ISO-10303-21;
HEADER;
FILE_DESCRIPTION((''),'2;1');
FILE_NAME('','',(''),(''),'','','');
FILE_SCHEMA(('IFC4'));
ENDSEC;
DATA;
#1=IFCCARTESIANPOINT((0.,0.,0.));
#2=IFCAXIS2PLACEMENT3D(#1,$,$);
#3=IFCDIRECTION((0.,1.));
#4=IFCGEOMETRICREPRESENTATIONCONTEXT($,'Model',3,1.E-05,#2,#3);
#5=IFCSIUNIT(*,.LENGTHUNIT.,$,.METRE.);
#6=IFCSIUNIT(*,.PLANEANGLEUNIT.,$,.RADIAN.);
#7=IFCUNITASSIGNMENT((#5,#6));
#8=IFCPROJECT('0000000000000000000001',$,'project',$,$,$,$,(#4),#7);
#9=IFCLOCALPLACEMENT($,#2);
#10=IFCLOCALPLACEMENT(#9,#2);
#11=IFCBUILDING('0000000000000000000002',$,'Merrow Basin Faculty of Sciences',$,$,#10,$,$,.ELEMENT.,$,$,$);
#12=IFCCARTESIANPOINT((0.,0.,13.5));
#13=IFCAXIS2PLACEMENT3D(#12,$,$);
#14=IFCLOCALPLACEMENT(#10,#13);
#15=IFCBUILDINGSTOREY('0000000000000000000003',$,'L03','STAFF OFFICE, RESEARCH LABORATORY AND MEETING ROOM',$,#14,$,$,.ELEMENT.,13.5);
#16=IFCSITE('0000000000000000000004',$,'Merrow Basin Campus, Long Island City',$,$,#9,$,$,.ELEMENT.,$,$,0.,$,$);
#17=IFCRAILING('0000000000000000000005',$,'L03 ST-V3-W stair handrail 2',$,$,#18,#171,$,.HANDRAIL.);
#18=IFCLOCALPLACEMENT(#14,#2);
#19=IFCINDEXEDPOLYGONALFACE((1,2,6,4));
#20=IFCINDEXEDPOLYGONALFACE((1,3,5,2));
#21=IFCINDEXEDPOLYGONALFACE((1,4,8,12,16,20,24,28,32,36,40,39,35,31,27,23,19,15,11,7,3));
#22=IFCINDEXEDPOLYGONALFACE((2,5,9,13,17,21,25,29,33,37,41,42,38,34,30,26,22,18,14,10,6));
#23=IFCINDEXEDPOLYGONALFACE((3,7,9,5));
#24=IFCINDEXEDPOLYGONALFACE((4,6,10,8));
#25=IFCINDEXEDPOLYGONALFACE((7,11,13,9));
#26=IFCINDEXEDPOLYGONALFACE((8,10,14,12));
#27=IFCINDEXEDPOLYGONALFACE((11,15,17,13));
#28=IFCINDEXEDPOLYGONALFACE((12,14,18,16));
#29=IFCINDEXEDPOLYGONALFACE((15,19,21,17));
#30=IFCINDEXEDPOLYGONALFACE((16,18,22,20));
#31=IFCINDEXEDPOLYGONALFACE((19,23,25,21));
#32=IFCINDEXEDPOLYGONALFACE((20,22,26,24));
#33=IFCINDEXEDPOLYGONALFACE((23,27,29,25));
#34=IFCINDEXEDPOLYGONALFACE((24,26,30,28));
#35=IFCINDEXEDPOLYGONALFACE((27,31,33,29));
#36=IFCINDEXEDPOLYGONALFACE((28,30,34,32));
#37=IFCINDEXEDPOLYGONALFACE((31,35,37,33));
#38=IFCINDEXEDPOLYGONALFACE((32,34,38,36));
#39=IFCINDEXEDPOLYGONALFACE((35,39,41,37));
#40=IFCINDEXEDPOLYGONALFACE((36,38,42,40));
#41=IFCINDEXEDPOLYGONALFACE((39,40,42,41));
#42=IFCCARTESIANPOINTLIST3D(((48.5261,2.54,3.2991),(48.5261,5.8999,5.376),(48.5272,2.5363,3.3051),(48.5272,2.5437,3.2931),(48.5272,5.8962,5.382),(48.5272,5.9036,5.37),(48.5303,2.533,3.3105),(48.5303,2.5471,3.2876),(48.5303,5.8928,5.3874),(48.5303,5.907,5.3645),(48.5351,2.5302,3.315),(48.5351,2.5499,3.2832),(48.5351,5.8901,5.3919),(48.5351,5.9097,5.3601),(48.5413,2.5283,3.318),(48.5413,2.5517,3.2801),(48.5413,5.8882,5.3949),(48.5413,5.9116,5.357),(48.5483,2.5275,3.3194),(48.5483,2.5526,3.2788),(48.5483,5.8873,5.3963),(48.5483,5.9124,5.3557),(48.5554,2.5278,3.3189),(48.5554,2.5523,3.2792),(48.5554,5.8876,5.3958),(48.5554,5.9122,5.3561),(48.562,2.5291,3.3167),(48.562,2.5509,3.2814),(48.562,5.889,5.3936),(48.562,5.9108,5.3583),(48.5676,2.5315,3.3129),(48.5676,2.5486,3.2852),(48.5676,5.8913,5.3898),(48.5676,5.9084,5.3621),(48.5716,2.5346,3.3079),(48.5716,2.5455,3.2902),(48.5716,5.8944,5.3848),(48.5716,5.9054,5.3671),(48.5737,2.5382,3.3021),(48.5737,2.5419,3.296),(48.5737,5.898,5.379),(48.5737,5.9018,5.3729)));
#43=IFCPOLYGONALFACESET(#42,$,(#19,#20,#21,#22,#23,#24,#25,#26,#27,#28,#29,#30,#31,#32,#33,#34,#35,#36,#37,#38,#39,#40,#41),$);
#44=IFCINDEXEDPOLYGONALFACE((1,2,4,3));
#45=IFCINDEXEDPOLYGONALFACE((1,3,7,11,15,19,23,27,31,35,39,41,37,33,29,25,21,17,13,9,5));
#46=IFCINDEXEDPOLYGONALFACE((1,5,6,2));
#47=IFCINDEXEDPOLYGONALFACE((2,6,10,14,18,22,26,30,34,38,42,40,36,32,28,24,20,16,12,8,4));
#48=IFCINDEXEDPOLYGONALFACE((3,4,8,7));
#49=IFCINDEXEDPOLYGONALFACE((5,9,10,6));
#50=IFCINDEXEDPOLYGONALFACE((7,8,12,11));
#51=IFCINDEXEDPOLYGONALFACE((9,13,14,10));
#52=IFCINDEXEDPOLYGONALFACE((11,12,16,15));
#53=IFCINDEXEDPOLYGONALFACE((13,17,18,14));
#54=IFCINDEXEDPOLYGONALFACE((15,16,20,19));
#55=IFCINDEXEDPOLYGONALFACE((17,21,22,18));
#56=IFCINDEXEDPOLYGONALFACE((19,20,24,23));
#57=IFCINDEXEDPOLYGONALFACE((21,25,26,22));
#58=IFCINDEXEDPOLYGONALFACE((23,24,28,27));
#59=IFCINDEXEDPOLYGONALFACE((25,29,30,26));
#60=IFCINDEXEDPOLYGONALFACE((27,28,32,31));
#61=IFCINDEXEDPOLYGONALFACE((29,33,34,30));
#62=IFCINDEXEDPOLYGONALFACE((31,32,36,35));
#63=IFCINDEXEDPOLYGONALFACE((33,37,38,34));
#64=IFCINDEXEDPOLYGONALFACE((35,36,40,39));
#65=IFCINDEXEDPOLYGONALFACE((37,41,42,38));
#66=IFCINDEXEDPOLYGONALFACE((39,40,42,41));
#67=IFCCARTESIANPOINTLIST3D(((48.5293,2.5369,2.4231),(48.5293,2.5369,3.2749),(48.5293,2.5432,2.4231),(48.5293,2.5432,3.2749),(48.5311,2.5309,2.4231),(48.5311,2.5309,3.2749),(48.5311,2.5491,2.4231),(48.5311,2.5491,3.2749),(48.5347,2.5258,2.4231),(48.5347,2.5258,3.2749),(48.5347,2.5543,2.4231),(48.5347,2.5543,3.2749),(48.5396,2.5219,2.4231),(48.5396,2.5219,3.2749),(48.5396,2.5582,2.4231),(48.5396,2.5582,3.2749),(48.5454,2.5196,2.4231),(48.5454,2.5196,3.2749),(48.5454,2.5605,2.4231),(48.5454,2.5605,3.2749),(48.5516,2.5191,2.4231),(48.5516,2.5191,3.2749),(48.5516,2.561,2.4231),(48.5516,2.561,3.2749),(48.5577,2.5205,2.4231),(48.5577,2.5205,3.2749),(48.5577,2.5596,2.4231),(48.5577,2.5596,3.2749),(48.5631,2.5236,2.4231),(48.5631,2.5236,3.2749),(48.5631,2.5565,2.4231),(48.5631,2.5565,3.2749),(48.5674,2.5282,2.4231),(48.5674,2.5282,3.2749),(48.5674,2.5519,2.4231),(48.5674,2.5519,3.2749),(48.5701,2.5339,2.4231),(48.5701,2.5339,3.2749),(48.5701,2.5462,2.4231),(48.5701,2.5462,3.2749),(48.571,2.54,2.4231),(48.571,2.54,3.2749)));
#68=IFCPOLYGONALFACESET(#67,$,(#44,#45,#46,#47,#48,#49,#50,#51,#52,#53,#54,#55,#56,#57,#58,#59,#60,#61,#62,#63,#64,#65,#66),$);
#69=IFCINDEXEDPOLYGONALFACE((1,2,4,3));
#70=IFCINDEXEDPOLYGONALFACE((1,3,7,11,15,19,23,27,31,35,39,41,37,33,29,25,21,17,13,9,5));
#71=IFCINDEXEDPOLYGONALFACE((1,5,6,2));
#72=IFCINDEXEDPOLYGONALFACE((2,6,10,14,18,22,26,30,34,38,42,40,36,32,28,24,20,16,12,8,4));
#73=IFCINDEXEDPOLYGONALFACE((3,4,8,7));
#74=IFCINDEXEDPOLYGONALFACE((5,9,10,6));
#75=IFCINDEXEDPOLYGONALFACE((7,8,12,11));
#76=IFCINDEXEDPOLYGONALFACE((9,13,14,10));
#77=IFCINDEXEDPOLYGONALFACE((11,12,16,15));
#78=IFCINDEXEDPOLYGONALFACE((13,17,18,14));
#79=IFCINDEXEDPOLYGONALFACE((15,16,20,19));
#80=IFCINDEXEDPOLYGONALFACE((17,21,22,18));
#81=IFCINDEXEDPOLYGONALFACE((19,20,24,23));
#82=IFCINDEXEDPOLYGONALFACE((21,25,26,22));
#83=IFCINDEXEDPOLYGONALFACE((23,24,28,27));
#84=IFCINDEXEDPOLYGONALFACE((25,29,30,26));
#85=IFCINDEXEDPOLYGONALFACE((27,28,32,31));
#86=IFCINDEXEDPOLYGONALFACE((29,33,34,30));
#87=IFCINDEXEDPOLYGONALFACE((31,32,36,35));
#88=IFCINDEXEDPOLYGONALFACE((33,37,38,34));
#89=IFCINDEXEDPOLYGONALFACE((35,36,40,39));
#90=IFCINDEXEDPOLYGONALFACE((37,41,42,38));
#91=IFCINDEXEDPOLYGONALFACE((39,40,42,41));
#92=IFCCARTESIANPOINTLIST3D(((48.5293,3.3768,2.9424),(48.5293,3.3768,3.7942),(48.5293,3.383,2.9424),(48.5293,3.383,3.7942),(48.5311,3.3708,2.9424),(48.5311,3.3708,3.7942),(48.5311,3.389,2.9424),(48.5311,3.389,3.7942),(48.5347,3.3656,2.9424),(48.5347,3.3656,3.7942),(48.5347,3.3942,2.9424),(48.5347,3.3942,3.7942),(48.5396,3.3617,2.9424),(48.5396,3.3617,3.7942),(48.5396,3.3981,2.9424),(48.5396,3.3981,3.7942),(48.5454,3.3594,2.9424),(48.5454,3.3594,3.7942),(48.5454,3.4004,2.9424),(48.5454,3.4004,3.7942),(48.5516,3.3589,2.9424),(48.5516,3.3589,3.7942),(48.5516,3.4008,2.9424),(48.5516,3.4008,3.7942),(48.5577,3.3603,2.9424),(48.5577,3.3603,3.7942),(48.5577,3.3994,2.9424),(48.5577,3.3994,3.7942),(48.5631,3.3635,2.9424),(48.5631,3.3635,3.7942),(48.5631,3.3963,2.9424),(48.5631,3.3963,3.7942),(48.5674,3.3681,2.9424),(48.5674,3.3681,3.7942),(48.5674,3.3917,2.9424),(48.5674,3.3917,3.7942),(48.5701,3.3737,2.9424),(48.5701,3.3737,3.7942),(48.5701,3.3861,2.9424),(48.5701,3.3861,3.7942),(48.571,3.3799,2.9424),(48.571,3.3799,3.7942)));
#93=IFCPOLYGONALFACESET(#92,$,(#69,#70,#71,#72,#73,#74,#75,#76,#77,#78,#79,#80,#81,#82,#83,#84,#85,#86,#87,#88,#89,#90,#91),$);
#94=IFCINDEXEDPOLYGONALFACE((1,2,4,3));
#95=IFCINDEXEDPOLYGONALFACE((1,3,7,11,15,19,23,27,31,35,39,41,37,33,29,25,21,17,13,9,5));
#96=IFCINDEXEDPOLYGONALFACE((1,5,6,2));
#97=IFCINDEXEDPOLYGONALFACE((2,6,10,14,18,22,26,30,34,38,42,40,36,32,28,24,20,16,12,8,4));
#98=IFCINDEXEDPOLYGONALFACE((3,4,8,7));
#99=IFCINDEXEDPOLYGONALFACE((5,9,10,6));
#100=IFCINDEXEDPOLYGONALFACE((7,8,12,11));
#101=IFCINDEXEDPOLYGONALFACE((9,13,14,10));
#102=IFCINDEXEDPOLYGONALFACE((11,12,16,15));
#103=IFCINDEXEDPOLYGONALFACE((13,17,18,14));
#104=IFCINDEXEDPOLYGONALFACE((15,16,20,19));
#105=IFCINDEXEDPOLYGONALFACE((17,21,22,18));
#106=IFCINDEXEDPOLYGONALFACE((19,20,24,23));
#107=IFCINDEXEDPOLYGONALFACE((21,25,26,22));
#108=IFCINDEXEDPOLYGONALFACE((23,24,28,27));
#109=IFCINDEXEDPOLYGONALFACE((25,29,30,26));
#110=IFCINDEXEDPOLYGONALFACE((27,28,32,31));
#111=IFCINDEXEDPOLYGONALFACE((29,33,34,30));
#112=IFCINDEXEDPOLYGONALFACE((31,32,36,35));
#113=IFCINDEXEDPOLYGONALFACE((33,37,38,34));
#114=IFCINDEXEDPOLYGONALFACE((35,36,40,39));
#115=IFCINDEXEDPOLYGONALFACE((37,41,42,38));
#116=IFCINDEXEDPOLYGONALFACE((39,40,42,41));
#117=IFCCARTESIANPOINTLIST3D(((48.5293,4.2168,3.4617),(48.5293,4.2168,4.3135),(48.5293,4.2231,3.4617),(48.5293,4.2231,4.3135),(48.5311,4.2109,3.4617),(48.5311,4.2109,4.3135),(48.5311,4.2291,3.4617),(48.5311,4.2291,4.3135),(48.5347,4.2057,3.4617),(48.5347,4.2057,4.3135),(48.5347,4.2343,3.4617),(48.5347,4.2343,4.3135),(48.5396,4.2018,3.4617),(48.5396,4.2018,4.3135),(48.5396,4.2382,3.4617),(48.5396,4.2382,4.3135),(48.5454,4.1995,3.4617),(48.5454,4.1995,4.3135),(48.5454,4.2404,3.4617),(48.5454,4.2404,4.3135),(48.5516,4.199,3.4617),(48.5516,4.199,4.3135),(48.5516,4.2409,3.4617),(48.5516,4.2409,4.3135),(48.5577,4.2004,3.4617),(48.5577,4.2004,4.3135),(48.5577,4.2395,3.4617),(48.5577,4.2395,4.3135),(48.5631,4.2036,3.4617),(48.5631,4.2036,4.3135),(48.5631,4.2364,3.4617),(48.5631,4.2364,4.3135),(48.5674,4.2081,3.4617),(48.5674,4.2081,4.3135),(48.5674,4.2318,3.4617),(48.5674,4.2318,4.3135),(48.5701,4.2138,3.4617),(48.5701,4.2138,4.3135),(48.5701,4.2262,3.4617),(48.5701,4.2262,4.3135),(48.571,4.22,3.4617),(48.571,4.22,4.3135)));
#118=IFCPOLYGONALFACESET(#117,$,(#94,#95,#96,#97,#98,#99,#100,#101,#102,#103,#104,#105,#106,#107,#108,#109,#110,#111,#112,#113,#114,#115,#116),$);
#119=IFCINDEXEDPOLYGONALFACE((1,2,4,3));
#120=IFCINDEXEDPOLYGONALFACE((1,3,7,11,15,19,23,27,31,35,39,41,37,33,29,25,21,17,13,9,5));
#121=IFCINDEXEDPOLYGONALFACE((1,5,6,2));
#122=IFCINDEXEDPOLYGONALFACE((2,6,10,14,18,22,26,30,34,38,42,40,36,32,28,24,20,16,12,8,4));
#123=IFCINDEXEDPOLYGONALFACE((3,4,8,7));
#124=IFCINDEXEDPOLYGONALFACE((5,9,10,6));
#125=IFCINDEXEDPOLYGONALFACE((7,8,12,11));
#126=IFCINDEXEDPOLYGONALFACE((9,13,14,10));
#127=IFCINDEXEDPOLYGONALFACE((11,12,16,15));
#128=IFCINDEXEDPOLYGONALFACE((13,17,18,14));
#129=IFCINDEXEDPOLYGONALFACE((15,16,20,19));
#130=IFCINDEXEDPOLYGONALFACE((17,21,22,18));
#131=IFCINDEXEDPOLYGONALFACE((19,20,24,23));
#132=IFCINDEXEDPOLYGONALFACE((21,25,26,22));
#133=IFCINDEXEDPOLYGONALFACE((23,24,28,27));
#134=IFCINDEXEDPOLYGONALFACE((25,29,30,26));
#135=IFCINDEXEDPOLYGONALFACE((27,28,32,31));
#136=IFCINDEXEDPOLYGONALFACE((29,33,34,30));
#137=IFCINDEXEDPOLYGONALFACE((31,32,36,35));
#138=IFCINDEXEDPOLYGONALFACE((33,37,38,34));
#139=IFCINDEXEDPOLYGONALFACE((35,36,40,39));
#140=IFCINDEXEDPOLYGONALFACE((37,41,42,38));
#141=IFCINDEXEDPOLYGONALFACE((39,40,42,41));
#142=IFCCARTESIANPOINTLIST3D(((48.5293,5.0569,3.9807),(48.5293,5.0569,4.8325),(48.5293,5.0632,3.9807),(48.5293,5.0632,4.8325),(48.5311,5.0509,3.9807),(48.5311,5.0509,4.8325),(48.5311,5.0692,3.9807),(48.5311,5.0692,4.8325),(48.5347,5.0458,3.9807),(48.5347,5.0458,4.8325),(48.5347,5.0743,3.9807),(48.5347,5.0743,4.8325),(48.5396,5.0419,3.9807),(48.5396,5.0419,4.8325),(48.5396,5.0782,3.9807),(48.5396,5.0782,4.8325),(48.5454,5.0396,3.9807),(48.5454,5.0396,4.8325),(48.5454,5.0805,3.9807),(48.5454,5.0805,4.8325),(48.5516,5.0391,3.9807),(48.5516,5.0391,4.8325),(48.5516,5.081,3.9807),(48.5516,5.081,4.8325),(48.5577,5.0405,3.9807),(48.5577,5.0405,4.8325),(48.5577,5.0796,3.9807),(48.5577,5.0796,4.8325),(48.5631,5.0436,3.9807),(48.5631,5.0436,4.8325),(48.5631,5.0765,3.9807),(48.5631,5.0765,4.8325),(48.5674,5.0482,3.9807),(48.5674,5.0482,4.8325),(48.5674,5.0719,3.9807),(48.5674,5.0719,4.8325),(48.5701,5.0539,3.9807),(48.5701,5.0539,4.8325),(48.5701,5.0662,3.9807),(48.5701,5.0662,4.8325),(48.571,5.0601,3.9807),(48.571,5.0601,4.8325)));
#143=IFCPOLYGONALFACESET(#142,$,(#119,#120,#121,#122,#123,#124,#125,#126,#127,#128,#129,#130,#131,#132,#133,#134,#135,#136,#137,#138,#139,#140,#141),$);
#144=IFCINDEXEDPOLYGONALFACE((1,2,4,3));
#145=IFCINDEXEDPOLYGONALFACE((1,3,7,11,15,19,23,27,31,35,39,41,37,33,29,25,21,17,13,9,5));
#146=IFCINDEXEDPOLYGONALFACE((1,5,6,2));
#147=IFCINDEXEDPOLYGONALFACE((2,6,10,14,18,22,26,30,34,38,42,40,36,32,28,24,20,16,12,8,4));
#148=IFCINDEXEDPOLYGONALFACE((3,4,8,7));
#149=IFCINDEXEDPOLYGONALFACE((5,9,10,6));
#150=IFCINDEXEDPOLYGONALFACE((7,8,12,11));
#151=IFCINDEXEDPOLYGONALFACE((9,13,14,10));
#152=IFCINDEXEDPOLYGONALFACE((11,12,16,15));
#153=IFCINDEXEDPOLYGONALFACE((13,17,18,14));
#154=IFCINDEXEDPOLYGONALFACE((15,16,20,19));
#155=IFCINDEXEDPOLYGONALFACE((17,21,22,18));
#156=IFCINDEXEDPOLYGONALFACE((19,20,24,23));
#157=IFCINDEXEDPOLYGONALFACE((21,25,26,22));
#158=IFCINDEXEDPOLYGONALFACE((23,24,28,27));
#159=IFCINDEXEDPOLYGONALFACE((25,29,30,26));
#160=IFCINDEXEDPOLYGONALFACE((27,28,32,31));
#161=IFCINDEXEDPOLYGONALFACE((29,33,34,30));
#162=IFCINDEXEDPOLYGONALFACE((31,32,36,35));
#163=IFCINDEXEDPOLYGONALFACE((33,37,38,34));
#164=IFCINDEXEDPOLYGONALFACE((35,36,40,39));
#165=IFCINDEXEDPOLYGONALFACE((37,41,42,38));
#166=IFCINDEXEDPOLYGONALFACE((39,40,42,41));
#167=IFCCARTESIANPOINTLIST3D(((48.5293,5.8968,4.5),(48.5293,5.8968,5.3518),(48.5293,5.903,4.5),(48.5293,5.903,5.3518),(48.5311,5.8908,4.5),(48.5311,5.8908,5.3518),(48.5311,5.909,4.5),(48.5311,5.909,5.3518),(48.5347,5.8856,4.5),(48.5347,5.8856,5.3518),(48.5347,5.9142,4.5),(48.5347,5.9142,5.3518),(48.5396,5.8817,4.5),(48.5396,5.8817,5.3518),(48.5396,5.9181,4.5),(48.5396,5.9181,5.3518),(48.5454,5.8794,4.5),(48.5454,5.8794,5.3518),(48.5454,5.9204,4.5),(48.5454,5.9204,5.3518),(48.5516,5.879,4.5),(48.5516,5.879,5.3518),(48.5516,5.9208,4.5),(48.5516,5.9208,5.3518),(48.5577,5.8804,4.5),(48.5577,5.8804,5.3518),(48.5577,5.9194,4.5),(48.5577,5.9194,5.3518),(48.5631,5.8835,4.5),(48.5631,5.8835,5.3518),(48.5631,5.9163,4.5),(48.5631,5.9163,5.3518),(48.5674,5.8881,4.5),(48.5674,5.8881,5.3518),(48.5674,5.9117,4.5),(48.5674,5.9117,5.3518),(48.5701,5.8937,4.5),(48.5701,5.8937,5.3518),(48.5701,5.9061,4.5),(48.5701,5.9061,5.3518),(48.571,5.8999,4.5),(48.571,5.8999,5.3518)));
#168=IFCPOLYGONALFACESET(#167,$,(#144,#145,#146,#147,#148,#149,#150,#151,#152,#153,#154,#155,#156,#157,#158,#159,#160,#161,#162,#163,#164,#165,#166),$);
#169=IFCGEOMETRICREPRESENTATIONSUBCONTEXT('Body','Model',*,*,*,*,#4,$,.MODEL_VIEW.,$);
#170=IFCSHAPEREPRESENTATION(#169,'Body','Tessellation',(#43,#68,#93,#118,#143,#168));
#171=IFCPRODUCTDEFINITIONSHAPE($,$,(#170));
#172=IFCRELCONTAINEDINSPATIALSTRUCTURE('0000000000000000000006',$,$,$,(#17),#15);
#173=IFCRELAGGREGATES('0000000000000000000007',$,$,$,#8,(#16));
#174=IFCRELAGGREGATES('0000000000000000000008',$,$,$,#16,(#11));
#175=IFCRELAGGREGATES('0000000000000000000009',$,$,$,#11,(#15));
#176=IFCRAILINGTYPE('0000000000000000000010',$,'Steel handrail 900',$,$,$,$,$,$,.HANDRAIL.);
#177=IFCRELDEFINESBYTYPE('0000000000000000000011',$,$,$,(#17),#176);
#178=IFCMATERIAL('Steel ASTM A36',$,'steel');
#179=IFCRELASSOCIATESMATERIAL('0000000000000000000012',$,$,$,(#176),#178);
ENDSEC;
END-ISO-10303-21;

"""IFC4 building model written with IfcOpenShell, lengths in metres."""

from ifc_helpers import new_model, si_unit, direction, frame, origin, origin_2d, place, context, subcontext, project, spatial, circle, extrude, material, type_object, element, save


model = new_model("IFC4")

# Units and contexts
model_context = context("Model", 3, precision=1e-05, world=origin(), true_north=direction((0.0, 1.0)))
body_context = subcontext(model_context, "Body", "Model", "MODEL_VIEW")
ifc_project = project(units=[si_unit("LENGTHUNIT", "METRE"), si_unit("PLANEANGLEUNIT", "RADIAN")], contexts=[model_context])

# Site, building, storey
site_placement = place(None, origin())
site = spatial("IfcSite", under=ifc_project, at=site_placement, Name="Merrow Basin Campus, Long Island City", CompositionType="ELEMENT", RefElevation=0.0)
building_placement = place(site_placement, origin())
building = spatial("IfcBuilding", under=site, at=building_placement, Name="Merrow Basin Faculty of Sciences", CompositionType="ELEMENT")
storey_placement = place(building_placement, frame((0.0, 0.0, 13.5)))
storey = spatial("IfcBuildingStorey", under=building, at=storey_placement, Name="L03", Description="STAFF OFFICE, RESEARCH LABORATORY AND MEETING ROOM", CompositionType="ELEMENT", Elevation=13.5)

# Railing
ifc_material_1 = material(Name="Steel ASTM A36", Category="steel")
railing_type_1 = type_object("IfcRailingType", Name="Steel handrail 900", PredefinedType="HANDRAIL", material=ifc_material_1)
railing_1_placement = place(storey_placement, frame((48.55, 2.54, 2.4231)))
element("IfcRailing", 1, at=railing_1_placement, inside=storey, type_object=railing_type_1, Name="L03 ST-V3-W stair handrail 2", PredefinedType="HANDRAIL", context=body_context, shape_type="SweptSolid", body=[
    extrude(circle(Radius=0.0239, at=origin_2d()), frame((0.0, 0.0, 0.876), z_axis=(0.0, 0.850606, 0.525803), x_axis=(-1.0, 0.0, 0.0)), (0.0, 0.0, 1.0), 3.95),
    extrude(circle(Radius=0.021, at=origin_2d()), origin(), (0.0, 0.0, 1.0), 0.8518),
    extrude(circle(Radius=0.021, at=origin_2d()), frame((0.0, 0.8398, 0.5193)), (0.0, 0.0, 1.0), 0.8518),
    extrude(circle(Radius=0.021, at=origin_2d()), frame((0.0, 1.6799, 1.0386)), (0.0, 0.0, 1.0), 0.8518),
    extrude(circle(Radius=0.021, at=origin_2d()), frame((0.0, 2.52, 1.5576)), (0.0, 0.0, 1.0), 0.8518),
    extrude(circle(Radius=0.021, at=origin_2d()), frame((0.0, 3.3599, 2.0769)), (0.0, 0.0, 1.0), 0.8518),
])

save(model, "model.ifc")
